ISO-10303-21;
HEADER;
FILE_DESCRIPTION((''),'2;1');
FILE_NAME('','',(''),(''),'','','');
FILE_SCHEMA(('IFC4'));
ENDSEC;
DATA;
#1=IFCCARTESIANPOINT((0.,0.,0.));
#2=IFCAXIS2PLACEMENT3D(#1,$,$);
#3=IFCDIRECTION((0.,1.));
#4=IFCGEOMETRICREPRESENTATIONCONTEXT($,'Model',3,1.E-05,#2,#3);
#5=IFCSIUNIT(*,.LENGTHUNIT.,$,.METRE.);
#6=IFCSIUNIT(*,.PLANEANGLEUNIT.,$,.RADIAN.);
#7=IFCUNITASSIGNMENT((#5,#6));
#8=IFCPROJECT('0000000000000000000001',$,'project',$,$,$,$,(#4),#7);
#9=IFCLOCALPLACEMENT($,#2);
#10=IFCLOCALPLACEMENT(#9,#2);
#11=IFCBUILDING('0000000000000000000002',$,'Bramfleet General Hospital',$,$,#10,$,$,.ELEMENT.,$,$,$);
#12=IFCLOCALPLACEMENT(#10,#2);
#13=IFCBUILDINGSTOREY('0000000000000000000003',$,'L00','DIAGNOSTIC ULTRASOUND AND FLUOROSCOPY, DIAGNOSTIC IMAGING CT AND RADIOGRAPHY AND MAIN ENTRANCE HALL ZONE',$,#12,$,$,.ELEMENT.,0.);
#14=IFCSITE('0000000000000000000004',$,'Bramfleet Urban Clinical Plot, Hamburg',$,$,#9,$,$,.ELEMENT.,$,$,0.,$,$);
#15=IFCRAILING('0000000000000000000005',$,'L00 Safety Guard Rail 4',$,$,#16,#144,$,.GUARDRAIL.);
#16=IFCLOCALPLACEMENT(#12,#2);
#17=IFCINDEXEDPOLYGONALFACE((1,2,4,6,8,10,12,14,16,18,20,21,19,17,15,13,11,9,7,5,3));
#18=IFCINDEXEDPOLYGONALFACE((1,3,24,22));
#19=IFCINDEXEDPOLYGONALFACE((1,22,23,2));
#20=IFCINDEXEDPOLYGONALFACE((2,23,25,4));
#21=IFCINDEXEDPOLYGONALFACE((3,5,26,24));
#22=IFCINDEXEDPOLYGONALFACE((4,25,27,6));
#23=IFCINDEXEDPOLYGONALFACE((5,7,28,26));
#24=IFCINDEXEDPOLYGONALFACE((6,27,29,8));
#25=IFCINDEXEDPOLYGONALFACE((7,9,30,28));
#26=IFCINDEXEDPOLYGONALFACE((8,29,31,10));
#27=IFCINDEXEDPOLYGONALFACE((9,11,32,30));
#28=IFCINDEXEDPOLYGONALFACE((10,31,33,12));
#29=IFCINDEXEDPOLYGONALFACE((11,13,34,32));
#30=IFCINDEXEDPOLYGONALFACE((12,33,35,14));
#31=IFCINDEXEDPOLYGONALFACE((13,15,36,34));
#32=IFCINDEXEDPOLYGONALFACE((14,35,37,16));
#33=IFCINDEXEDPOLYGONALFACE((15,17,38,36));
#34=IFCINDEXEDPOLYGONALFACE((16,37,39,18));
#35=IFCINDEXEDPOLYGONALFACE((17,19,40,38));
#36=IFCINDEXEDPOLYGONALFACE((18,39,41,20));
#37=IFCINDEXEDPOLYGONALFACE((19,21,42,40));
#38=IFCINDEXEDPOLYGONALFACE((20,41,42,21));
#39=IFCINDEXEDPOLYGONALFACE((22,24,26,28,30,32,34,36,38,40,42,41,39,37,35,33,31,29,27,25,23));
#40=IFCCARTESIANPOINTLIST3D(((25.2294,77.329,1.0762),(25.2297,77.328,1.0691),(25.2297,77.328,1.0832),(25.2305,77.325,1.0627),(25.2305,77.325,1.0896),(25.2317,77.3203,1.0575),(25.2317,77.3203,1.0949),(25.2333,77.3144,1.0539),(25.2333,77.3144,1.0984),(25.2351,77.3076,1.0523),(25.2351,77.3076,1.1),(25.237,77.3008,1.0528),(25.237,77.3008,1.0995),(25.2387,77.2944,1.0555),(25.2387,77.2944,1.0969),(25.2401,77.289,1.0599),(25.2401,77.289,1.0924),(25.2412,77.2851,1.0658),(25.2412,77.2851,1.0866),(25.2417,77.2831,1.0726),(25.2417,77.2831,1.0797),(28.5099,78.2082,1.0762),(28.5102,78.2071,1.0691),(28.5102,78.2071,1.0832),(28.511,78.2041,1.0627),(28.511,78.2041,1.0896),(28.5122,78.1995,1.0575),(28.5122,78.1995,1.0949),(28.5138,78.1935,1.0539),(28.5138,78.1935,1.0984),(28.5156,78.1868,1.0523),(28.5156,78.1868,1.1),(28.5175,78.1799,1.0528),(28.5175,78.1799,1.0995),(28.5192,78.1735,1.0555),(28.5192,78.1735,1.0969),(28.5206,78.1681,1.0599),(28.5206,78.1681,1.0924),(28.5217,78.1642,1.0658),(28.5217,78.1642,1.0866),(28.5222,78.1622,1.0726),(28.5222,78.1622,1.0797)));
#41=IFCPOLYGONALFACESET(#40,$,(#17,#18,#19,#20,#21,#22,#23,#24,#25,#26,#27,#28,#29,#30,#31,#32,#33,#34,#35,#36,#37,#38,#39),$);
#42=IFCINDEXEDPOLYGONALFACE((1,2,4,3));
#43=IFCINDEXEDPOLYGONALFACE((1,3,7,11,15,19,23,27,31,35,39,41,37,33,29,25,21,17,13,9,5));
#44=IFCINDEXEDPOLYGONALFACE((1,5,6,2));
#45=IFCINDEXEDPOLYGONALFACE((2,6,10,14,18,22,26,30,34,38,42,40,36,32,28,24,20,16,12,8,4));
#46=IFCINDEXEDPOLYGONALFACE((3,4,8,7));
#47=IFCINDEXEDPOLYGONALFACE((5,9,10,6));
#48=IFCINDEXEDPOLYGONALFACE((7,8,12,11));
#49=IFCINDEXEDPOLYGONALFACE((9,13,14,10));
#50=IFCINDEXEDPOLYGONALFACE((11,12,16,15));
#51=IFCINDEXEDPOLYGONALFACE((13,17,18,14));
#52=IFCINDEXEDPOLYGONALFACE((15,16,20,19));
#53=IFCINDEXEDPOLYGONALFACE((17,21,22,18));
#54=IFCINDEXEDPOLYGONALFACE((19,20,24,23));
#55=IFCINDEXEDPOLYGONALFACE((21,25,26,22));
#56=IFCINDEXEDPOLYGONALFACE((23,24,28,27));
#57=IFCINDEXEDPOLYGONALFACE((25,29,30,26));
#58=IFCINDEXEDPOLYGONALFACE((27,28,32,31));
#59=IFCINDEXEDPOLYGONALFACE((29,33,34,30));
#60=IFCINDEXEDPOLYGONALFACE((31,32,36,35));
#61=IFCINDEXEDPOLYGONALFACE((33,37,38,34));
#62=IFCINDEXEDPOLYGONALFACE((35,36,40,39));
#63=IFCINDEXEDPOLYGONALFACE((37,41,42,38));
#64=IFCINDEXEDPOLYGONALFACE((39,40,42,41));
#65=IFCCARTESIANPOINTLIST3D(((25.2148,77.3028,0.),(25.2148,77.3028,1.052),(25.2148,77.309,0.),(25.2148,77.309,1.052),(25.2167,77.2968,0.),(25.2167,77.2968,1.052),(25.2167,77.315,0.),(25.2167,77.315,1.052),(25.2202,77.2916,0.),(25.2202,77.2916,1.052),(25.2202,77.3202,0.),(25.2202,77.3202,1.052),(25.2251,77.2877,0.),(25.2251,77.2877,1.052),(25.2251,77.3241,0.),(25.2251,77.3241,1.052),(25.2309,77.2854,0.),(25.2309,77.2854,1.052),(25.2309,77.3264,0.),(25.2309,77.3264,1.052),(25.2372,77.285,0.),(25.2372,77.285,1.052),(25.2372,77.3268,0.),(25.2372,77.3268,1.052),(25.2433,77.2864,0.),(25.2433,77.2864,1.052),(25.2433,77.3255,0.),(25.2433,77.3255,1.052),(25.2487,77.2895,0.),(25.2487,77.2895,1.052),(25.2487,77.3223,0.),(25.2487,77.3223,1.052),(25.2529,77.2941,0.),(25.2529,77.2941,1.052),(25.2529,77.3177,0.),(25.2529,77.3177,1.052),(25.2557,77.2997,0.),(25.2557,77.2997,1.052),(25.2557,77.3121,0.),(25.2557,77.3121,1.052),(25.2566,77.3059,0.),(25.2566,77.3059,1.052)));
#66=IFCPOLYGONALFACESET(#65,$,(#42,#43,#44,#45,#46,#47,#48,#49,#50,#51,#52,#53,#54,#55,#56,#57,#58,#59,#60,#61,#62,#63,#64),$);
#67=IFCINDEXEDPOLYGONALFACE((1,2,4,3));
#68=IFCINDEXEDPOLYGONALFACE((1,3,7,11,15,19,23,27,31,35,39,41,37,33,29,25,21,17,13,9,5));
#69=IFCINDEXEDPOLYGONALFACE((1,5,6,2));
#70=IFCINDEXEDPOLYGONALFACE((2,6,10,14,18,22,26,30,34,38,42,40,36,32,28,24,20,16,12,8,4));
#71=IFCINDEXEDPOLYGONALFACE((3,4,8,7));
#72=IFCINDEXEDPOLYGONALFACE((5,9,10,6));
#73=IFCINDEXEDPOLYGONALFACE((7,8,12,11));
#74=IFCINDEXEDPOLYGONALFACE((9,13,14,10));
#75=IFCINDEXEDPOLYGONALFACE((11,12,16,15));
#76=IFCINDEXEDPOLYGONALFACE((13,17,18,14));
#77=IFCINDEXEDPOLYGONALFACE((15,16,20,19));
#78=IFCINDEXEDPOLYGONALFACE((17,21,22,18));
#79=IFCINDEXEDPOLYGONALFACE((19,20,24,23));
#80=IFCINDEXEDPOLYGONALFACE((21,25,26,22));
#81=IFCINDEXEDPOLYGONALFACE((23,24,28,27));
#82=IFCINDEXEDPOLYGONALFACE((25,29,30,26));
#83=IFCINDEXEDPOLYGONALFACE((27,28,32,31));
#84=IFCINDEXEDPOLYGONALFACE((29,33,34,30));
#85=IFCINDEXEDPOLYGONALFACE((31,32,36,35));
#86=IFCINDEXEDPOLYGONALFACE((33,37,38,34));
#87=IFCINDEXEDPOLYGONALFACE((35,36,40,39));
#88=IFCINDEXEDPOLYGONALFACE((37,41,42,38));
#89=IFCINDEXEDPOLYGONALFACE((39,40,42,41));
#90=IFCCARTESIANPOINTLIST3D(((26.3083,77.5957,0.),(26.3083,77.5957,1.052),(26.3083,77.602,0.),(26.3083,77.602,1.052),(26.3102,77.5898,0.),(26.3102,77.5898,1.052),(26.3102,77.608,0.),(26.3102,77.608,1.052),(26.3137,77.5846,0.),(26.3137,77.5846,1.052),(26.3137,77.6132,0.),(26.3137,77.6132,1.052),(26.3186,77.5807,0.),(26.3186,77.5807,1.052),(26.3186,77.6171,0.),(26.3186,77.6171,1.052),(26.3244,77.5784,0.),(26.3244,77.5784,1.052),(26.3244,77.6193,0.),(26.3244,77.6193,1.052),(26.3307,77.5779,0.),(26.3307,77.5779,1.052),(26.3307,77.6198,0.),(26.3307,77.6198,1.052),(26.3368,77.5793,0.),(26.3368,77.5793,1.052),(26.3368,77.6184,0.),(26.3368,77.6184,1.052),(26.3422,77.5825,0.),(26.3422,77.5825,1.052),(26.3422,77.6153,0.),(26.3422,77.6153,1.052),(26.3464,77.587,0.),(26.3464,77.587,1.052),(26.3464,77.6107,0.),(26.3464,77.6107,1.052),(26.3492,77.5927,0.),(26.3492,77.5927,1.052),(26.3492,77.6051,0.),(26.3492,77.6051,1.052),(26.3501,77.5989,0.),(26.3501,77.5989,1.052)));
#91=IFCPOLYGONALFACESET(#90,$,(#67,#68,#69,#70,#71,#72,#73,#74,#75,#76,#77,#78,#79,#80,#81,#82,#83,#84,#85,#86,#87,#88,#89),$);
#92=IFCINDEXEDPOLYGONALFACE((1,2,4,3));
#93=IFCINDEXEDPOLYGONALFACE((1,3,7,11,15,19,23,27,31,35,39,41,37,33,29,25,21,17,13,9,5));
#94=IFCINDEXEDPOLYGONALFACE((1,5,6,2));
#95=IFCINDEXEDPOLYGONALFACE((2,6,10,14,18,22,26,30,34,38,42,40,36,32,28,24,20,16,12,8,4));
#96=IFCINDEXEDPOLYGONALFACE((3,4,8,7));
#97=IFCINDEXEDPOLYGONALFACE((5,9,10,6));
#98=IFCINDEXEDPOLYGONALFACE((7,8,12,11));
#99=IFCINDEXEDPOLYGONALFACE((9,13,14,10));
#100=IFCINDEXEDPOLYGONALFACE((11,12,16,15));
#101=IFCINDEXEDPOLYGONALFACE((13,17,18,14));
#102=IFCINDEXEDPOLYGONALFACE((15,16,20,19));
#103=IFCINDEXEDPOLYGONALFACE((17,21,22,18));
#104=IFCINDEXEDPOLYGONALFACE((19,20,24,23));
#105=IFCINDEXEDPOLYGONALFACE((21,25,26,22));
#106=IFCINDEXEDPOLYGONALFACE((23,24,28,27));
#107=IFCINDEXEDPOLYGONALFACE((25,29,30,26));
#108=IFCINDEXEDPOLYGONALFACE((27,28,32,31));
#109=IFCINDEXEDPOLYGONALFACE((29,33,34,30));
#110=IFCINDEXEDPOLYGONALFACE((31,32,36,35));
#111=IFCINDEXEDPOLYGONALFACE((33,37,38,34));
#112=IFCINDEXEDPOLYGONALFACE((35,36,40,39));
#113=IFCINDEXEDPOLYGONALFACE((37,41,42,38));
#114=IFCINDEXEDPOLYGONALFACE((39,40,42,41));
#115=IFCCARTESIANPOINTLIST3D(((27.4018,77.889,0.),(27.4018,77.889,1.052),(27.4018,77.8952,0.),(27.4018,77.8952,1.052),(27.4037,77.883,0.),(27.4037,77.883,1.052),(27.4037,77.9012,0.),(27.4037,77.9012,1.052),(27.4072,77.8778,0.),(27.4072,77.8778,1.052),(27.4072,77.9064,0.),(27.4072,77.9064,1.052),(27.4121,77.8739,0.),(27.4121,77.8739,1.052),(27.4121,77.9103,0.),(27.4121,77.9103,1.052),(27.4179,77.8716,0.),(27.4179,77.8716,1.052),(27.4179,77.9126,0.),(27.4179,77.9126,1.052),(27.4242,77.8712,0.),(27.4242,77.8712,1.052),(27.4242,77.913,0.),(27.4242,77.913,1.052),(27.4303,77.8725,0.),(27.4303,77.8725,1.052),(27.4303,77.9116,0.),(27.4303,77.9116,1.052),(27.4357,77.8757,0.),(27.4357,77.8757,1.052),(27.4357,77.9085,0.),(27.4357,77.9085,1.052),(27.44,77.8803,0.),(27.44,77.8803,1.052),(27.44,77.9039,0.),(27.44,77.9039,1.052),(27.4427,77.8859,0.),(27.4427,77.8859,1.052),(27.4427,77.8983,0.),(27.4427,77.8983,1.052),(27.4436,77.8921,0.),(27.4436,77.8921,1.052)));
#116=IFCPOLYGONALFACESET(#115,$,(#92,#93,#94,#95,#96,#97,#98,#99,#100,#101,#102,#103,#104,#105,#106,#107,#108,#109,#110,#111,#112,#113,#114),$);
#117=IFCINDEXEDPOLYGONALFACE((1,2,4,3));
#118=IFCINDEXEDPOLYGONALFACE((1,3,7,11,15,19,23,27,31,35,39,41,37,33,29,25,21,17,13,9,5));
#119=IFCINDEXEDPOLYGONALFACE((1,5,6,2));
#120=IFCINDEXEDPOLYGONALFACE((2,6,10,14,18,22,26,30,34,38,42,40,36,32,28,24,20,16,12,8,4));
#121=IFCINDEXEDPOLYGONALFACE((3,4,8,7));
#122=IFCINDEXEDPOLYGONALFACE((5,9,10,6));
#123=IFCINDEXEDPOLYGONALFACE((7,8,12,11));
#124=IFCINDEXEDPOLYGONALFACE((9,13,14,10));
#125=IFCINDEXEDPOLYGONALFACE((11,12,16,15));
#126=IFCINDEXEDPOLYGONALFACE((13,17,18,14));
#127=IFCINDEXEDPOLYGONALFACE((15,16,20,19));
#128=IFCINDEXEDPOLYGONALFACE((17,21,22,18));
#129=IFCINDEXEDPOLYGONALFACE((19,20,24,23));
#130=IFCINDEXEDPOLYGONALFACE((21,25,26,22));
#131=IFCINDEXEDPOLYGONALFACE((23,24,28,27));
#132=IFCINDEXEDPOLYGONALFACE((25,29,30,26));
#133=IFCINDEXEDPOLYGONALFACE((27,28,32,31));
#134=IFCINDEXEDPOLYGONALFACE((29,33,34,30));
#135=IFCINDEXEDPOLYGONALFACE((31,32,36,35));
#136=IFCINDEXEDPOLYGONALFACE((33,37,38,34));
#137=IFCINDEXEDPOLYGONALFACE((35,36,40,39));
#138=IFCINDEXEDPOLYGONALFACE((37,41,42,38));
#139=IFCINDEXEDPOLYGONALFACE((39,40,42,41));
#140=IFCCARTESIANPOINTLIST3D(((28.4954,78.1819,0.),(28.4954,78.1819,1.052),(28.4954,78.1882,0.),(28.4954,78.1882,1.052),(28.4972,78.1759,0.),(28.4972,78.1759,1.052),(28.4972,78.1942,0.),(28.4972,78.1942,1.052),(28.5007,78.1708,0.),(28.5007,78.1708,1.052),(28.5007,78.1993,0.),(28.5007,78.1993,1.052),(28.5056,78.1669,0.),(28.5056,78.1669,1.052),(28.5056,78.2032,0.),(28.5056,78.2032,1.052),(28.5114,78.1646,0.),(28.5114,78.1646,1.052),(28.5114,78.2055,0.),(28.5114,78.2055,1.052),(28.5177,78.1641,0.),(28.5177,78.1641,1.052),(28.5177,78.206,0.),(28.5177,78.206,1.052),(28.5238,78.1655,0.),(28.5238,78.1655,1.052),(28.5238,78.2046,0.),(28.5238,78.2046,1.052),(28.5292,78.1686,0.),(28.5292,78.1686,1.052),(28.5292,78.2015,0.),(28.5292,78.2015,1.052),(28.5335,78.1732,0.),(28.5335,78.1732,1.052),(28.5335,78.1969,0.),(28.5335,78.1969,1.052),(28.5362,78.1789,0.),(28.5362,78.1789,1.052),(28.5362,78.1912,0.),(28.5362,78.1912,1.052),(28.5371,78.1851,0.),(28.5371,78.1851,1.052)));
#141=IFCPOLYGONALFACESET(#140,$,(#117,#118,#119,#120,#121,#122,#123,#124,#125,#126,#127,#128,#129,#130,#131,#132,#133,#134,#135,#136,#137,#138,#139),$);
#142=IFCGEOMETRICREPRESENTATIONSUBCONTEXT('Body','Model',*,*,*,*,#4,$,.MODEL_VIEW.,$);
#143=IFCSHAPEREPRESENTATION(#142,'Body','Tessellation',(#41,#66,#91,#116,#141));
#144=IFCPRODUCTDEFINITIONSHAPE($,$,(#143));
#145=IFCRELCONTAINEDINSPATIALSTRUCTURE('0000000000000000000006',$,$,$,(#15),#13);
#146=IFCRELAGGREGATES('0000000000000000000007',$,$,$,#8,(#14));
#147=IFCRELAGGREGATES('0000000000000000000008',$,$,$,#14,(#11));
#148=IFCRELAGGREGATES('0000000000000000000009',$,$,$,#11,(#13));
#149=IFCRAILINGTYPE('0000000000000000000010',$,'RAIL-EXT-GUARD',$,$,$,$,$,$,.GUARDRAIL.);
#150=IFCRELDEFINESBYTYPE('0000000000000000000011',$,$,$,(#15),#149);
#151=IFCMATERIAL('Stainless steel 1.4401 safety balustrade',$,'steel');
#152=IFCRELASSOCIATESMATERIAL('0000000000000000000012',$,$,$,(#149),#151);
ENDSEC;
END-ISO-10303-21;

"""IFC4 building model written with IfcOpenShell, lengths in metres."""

from ifc_helpers import new_model, si_unit, direction, frame, origin, origin_2d, place, context, subcontext, project, spatial, circle, extrude, material, type_object, element, save


model = new_model("IFC4")

# Units and contexts
model_context = context("Model", 3, precision=1e-05, world=origin(), true_north=direction((0.0, 1.0)))
body_context = subcontext(model_context, "Body", "Model", "MODEL_VIEW")
ifc_project = project(units=[si_unit("LENGTHUNIT", "METRE"), si_unit("PLANEANGLEUNIT", "RADIAN")], contexts=[model_context])

# Site, building, storey
site_placement = place(None, origin())
site = spatial("IfcSite", under=ifc_project, at=site_placement, Name="Bramfleet Urban Clinical Plot, Hamburg", CompositionType="ELEMENT", RefElevation=0.0)
building_placement = place(site_placement, origin())
building = spatial("IfcBuilding", under=site, at=building_placement, Name="Bramfleet General Hospital", CompositionType="ELEMENT")
storey_placement = place(building_placement, origin())
storey = spatial("IfcBuildingStorey", under=building, at=storey_placement, Name="L00", Description="DIAGNOSTIC ULTRASOUND AND FLUOROSCOPY, DIAGNOSTIC IMAGING CT AND RADIOGRAPHY AND MAIN ENTRANCE HALL ZONE", CompositionType="ELEMENT", Elevation=0.0)

# Railing
ifc_material_1 = material(Name="Stainless steel 1.4401 safety balustrade", Category="steel")
railing_type = type_object("IfcRailingType", Name="RAIL-EXT-GUARD", PredefinedType="GUARDRAIL", material=ifc_material_1)
railing_placement = place(storey_placement, frame((25.2356, 77.3059, 0.0)))
element("IfcRailing", 1, at=railing_placement, inside=storey, type_object=railing_type, Name="L00 Safety Guard Rail 4", PredefinedType="GUARDRAIL", context=body_context, shape_type="SweptSolid", body=[
    extrude(circle(Radius=0.0239, at=origin_2d()), frame((0.0, 0.0, 1.0762), z_axis=(0.965916, 0.258857, 0.0), x_axis=(-0.258857, 0.965916, 0.0)), (0.0, 0.0, 1.0), 3.3962),
    extrude(circle(Radius=0.021, at=origin_2d()), origin(), (0.0, 0.0, 1.0), 1.052),
    extrude(circle(Radius=0.021, at=origin_2d()), frame((1.0935, 0.293, 0.0)), (0.0, 0.0, 1.0), 1.052),
    extrude(circle(Radius=0.021, at=origin_2d()), frame((2.187, 0.5862, 0.0)), (0.0, 0.0, 1.0), 1.052),
    extrude(circle(Radius=0.021, at=origin_2d()), frame((3.2805, 0.8792, 0.0)), (0.0, 0.0, 1.0), 1.052),
])

save(model, "model.ifc")
